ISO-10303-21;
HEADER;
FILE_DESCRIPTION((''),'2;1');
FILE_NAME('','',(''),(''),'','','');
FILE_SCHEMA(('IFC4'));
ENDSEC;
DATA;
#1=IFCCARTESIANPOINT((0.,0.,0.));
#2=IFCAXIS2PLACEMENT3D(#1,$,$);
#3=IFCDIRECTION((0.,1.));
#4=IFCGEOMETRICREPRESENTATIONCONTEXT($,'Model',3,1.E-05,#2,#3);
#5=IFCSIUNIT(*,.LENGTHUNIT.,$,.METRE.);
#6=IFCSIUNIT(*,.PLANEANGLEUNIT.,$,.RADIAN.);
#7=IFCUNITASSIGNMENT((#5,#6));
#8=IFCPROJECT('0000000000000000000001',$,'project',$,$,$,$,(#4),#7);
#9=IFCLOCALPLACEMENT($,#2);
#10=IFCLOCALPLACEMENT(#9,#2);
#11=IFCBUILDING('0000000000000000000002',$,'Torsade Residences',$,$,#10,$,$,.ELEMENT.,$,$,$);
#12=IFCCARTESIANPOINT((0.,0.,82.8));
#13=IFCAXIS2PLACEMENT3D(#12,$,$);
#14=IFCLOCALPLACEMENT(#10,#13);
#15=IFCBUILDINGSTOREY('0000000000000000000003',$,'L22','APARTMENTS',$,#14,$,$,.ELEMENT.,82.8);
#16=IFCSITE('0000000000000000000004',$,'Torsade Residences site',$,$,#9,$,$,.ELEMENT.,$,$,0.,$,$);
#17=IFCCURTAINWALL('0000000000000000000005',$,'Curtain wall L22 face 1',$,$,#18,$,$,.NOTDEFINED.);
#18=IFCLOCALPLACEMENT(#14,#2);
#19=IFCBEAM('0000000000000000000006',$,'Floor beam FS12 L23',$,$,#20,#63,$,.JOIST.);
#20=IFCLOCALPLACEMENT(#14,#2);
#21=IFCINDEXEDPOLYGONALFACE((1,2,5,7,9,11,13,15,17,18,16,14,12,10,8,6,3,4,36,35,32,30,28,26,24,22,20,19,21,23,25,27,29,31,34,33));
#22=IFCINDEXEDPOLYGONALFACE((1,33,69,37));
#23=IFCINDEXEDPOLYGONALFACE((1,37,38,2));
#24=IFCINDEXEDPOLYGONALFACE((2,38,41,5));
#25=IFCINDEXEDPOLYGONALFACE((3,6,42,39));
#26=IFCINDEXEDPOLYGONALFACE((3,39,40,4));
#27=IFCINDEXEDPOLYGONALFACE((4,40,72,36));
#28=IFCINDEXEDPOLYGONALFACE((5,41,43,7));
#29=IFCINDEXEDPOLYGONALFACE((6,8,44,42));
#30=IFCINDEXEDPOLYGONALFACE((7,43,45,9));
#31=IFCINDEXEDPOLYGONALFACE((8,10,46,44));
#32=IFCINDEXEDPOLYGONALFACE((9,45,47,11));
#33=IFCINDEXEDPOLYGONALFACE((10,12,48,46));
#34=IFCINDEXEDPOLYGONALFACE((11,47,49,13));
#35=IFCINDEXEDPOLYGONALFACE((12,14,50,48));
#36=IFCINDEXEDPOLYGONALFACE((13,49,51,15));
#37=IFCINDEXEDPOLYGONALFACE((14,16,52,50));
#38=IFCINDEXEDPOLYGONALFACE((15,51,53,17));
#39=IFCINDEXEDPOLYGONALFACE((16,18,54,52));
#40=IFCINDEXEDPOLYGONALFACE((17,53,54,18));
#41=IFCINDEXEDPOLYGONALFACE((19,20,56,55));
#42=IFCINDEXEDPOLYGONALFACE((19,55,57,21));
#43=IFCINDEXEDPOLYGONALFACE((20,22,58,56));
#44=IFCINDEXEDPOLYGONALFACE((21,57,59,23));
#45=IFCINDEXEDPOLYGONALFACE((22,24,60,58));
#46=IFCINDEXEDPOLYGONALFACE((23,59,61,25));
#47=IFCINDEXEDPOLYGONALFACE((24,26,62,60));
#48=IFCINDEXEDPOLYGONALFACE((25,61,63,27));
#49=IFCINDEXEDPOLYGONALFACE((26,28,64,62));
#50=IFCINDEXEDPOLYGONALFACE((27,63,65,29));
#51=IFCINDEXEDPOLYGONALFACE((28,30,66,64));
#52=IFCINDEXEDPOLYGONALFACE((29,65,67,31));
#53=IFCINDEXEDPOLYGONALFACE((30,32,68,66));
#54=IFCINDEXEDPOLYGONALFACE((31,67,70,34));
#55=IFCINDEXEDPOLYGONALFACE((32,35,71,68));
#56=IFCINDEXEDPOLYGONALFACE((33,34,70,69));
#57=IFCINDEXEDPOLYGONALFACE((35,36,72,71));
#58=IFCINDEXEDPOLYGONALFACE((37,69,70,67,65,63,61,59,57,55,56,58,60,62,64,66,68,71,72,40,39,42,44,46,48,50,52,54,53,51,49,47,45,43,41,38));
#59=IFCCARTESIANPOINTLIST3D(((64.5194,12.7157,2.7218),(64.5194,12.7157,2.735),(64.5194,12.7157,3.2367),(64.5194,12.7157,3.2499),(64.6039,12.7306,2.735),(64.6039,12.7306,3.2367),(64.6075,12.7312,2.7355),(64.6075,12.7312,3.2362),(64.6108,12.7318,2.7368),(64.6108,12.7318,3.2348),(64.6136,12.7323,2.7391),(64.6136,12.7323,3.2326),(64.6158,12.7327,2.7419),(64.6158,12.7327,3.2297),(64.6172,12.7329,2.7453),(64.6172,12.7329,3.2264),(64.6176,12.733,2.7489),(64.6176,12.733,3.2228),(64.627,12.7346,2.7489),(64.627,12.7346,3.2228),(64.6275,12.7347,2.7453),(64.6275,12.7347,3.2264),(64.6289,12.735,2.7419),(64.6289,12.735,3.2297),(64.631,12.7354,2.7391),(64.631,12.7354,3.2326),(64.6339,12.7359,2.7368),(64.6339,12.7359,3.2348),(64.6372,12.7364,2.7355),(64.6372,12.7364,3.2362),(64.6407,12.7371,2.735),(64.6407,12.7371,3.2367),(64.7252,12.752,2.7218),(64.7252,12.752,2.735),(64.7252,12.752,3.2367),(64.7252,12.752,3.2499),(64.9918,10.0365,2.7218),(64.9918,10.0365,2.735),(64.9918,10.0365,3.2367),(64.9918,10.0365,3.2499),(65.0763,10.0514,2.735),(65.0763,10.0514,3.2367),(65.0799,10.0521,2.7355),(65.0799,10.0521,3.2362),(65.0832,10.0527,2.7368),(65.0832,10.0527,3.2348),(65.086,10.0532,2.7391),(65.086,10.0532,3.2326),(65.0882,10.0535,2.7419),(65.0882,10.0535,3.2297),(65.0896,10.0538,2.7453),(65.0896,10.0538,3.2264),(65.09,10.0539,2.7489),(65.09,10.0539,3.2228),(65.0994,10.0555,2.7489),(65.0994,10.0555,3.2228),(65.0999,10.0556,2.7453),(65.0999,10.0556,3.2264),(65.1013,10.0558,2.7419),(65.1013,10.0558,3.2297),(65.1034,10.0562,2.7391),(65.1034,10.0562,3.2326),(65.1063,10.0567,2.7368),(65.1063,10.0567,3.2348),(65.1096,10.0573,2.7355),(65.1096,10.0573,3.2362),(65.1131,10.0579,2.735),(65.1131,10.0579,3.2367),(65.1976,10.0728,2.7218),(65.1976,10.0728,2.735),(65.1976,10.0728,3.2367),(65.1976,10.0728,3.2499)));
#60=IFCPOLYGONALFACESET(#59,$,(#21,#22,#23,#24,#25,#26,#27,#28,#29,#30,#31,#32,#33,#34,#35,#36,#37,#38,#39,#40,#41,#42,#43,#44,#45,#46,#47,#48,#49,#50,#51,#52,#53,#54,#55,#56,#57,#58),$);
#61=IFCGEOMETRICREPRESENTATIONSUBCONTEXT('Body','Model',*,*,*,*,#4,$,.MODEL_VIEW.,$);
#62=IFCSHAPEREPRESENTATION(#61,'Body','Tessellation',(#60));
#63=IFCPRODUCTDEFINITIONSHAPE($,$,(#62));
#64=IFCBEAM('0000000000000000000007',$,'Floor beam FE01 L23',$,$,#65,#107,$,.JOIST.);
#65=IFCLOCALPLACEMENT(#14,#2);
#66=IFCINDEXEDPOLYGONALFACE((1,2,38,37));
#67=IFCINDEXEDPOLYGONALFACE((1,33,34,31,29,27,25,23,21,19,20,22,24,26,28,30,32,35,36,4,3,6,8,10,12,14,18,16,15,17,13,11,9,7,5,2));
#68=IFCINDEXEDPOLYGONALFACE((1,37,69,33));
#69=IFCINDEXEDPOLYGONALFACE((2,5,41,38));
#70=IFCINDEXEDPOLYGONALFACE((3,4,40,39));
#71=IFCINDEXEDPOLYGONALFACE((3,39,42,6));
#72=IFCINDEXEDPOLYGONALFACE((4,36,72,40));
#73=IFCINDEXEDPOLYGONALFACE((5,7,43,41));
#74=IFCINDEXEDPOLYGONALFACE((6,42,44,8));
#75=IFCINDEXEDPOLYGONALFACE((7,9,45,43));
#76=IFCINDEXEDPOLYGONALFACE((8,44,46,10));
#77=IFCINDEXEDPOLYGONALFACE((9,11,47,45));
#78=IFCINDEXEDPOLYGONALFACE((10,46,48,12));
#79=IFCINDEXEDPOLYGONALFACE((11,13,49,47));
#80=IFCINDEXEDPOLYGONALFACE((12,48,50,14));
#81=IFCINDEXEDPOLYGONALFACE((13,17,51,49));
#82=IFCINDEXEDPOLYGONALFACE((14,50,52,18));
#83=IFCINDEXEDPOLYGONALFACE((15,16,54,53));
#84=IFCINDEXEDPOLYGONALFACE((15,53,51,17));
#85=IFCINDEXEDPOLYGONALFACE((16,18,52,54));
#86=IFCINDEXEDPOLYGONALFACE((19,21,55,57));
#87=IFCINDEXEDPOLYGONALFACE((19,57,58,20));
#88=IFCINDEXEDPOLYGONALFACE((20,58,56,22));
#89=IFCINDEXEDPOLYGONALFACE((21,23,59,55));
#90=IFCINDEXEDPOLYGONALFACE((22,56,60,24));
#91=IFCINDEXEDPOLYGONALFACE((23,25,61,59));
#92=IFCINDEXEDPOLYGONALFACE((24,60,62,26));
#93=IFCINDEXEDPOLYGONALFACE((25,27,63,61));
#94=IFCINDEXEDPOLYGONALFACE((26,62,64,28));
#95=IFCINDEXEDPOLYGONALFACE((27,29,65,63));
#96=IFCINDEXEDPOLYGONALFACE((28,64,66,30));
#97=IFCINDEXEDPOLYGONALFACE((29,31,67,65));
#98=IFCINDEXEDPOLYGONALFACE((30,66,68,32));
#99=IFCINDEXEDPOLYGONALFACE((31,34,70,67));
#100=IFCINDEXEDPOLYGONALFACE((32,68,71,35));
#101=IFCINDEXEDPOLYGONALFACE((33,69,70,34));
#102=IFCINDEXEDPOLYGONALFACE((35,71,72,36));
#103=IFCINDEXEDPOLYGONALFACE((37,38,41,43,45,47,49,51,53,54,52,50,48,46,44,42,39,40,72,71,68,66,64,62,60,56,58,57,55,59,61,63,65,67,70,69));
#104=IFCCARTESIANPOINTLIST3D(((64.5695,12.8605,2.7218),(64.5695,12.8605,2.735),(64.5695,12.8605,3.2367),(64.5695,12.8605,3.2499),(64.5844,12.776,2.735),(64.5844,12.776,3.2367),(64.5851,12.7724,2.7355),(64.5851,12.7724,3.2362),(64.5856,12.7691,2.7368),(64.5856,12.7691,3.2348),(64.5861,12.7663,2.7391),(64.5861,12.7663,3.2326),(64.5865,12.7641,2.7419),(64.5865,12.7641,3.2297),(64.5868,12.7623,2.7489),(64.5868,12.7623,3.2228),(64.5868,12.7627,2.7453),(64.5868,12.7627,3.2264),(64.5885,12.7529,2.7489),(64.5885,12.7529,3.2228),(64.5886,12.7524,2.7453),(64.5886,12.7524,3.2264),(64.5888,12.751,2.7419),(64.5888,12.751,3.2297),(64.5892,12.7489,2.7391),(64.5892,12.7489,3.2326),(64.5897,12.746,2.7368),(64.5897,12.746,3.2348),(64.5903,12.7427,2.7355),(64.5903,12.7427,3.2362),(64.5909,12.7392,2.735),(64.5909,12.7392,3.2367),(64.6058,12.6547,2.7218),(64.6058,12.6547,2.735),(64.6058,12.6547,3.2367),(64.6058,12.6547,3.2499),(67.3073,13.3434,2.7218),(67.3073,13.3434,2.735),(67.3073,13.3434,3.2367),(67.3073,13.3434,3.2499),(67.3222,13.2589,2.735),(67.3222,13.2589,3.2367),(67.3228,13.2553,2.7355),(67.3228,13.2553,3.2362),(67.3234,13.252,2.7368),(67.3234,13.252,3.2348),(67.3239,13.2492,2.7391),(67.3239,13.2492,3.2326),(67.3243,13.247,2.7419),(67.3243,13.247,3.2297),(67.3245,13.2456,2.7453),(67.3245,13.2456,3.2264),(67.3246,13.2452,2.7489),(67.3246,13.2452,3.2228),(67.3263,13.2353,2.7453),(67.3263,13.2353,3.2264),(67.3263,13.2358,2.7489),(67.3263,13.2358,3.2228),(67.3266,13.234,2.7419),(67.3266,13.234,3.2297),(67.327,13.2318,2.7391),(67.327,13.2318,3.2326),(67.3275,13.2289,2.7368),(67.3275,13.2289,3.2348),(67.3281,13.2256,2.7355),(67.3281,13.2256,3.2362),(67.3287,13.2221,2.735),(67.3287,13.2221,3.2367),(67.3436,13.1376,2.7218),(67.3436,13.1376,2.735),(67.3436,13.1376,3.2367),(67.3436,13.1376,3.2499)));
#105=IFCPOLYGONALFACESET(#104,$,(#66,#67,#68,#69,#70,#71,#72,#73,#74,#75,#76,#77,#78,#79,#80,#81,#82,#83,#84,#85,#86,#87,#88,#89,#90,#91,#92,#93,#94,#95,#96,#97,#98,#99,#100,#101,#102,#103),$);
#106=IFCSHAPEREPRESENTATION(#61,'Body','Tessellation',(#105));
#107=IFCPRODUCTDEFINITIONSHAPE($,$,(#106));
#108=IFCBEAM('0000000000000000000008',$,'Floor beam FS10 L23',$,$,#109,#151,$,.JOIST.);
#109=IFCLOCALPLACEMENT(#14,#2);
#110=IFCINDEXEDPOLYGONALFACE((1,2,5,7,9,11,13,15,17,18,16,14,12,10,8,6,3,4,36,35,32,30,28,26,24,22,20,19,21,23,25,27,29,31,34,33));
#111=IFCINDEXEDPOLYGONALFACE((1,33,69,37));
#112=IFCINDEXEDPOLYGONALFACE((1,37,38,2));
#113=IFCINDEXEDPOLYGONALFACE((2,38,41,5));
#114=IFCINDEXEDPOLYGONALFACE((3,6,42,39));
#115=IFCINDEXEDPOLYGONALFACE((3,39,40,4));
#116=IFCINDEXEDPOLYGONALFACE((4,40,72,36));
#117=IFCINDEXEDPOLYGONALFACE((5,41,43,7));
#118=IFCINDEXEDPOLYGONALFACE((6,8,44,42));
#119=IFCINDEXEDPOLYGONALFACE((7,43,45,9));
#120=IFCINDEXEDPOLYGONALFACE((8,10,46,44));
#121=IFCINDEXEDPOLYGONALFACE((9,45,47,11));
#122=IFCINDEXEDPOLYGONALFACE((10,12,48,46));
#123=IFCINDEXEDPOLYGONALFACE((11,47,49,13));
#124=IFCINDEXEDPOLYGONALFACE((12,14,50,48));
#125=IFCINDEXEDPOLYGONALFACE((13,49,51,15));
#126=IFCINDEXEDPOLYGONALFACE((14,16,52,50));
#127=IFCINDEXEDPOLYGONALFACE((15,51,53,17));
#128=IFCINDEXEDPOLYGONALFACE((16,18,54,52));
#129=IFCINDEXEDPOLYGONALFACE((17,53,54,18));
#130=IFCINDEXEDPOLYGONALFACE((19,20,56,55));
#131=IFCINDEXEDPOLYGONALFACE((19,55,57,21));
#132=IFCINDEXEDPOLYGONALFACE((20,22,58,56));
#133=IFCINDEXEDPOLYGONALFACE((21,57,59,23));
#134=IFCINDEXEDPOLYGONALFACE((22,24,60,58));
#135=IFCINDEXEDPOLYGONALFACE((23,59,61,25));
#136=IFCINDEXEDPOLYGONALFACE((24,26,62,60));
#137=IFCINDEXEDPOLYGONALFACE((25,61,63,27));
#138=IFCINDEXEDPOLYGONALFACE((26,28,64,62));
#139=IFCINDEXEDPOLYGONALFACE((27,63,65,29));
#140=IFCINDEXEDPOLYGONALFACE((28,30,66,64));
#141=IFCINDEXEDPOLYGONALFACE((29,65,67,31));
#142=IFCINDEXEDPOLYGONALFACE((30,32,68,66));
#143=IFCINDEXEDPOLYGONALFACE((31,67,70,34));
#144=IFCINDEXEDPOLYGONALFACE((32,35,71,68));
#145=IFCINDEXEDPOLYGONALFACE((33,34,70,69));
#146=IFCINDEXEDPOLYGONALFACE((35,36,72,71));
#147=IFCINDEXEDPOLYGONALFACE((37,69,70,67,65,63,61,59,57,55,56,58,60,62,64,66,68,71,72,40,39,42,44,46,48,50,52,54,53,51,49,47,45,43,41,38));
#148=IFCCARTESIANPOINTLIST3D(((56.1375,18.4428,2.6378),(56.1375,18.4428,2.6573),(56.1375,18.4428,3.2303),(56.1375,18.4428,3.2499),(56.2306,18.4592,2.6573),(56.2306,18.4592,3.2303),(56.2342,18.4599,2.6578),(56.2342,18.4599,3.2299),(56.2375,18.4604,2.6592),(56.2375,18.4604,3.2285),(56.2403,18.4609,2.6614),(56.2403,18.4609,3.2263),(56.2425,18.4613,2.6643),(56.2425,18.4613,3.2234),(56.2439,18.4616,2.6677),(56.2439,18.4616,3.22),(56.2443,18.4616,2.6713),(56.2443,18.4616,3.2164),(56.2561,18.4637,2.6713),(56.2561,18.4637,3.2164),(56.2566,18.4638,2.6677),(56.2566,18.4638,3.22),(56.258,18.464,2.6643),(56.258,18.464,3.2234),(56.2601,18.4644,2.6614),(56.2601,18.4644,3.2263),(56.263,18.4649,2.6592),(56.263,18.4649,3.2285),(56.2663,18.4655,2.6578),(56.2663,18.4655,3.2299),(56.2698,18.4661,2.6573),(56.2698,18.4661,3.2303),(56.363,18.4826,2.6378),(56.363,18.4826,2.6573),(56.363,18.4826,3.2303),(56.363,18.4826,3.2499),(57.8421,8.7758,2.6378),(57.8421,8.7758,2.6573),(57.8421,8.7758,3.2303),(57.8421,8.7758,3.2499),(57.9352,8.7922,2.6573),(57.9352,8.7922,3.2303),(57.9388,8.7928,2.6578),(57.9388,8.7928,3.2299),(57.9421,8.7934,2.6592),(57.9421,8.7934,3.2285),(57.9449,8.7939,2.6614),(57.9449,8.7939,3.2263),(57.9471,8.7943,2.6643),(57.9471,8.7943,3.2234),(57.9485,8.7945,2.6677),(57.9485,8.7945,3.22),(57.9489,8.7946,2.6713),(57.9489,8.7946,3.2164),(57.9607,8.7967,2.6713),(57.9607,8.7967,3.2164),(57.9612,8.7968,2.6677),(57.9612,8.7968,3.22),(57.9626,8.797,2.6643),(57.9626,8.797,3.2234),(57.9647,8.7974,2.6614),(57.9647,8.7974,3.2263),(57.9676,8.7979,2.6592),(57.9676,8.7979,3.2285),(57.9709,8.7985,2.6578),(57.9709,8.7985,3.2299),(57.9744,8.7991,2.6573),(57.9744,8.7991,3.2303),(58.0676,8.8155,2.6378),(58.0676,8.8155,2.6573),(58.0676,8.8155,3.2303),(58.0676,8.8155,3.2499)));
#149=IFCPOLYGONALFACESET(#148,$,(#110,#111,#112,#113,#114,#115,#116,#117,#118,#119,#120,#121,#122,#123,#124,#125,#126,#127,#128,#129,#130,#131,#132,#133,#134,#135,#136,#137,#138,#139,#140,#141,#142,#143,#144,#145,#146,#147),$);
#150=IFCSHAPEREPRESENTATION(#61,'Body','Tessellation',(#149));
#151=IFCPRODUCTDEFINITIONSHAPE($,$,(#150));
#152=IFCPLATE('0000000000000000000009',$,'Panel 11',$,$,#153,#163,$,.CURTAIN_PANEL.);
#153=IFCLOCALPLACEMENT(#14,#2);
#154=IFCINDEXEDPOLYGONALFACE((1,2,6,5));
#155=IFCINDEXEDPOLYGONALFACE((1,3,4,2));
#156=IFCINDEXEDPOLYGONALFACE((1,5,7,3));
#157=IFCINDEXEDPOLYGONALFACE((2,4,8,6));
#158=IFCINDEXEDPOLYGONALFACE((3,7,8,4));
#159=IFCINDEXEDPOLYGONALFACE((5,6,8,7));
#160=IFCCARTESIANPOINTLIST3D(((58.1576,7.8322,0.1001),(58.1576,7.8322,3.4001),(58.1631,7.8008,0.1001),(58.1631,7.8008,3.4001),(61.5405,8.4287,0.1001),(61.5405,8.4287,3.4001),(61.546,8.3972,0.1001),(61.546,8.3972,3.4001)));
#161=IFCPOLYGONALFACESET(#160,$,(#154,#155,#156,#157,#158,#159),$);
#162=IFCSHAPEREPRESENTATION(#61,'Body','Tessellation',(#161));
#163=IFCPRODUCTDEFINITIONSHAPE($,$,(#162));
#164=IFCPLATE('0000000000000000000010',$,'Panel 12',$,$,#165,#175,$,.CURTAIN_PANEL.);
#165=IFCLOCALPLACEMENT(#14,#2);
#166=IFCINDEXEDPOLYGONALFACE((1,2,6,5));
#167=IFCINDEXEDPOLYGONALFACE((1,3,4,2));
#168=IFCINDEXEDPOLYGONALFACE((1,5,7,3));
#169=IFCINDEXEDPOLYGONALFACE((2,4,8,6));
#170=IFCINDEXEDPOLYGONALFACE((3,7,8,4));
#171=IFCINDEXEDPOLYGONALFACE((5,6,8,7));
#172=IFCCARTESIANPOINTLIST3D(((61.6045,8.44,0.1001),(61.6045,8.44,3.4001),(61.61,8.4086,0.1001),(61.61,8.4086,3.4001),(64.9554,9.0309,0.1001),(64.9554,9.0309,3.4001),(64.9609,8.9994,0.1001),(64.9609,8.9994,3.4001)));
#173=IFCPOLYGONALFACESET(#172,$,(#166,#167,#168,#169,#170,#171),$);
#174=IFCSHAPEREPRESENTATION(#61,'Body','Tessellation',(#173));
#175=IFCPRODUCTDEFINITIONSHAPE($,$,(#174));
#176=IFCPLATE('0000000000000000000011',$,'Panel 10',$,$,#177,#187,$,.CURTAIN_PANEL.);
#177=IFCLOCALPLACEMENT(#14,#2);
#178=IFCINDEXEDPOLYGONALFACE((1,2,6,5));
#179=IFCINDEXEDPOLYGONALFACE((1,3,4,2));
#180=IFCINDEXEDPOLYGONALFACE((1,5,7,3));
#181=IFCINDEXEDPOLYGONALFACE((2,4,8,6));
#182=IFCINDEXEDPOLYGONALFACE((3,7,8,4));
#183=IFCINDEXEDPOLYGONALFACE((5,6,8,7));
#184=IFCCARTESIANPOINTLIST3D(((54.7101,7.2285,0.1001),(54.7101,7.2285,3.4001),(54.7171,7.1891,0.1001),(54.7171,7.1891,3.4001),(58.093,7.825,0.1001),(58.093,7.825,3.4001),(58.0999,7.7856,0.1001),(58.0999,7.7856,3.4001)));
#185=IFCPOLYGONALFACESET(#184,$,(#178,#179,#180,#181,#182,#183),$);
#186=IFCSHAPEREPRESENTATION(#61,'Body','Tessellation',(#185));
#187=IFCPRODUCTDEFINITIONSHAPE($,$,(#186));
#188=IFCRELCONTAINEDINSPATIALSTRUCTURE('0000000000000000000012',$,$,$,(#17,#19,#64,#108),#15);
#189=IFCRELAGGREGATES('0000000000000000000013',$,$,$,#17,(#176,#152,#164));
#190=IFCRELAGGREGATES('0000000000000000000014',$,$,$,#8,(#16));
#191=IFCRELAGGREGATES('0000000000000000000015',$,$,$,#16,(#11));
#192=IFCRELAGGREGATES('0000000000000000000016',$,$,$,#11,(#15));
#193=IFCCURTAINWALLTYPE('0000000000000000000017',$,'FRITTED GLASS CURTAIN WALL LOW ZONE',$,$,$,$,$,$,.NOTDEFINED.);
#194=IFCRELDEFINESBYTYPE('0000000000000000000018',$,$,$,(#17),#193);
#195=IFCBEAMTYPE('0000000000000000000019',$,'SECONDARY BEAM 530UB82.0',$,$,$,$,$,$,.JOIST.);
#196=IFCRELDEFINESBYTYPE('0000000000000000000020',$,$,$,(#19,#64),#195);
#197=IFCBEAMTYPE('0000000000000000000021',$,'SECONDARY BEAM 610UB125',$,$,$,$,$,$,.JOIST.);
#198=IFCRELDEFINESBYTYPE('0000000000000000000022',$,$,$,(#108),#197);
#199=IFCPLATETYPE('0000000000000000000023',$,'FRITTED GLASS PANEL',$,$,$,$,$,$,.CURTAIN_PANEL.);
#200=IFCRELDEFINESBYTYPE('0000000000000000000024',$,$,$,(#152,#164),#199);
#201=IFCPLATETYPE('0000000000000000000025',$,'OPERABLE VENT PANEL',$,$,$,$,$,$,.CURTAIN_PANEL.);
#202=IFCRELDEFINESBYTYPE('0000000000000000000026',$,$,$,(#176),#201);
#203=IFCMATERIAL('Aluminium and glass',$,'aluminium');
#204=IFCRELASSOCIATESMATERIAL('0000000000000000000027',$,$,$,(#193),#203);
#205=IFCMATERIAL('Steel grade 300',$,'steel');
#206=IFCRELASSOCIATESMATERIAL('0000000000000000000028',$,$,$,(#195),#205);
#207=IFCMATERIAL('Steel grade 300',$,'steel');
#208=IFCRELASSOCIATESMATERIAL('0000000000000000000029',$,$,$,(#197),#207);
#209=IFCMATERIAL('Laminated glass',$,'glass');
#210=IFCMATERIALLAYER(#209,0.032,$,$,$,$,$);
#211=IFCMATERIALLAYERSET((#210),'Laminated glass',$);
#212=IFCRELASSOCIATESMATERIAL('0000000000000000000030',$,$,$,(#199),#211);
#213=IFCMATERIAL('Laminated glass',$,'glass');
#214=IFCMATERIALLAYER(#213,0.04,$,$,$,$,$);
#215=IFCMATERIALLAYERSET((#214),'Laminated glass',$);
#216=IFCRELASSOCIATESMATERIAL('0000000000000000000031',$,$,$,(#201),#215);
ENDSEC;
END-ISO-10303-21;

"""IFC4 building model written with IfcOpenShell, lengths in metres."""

from ifc_helpers import new_model, si_unit, direction, frame, origin, origin_2d, place, context, subcontext, project, spatial, rectangle, i_section, extrude, material, layer, layer_set, material_profile, profile_set, type_object, element, aggregate, save


model = new_model("IFC4")

# Units and contexts
model_context = context("Model", 3, precision=1e-05, world=origin(), true_north=direction((0.0, 1.0)))
body_context = subcontext(model_context, "Body", "Model", "MODEL_VIEW")
ifc_project = project(units=[si_unit("LENGTHUNIT", "METRE"), si_unit("PLANEANGLEUNIT", "RADIAN")], contexts=[model_context])

# Site, building, storey
site_placement = place(None, origin())
site = spatial("IfcSite", under=ifc_project, at=site_placement, Name="Torsade Residences site", CompositionType="ELEMENT", RefElevation=0.0)
building_placement = place(site_placement, origin())
building = spatial("IfcBuilding", under=site, at=building_placement, Name="Torsade Residences", CompositionType="ELEMENT")
storey_placement = place(building_placement, frame((0.0, 0.0, 82.8)))
storey = spatial("IfcBuildingStorey", under=building, at=storey_placement, Name="L22", Description="APARTMENTS", CompositionType="ELEMENT", Elevation=82.8)

# Curtain wall
ifc_material_1 = material(Name="Aluminium and glass", Category="aluminium")
curtain_wall_type = type_object("IfcCurtainWallType", Name="FRITTED GLASS CURTAIN WALL LOW ZONE", PredefinedType="NOTDEFINED", material=ifc_material_1)
curtain_wall_placement = place(storey_placement, origin())
curtain_wall = element("IfcCurtainWall", 1, at=curtain_wall_placement, inside=storey, type_object=curtain_wall_type, Name="Curtain wall L22 face 1", PredefinedType="NOTDEFINED")

# Beams
ifc_material_2 = material(Name="Steel grade 300", Category="steel")
ifc_material_profile_1 = material_profile(ifc_material_2, i_section(OverallWidth=0.209, OverallDepth=0.5281, WebThickness=0.0095, FlangeThickness=0.0132, FilletRadius=0.0139, at=origin_2d()), Name="530UB82.0")
ifc_profile_set_1 = profile_set([ifc_material_profile_1], Name="Steel grade 300")
beam_type_1 = type_object("IfcBeamType", Name="SECONDARY BEAM 530UB82.0", PredefinedType="JOIST", material=ifc_profile_set_1)
beam_1_placement = place(storey_placement, frame((65.0947, 10.0547, 2.9858), z_axis=(-0.173647, 0.984808, 0.0), x_axis=(-0.984808, -0.173647, 0.0)))
element("IfcBeam", 2, at=beam_1_placement, inside=storey, type_object=beam_type_1, Name="Floor beam FS12 L23", PredefinedType="JOIST", context=body_context, shape_type="SweptSolid", body=[
    extrude(i_section(OverallWidth=0.209, OverallDepth=0.5281, WebThickness=0.0095, FlangeThickness=0.0132, FilletRadius=0.0139, at=origin_2d()), origin(), (0.0, 0.0, 1.0), 2.7205),
])
beam_2_placement = place(storey_placement, frame((67.3254, 13.2405, 2.9858), z_axis=(-0.984798, -0.173705, 0.0), x_axis=(0.173705, -0.984798, 0.0)))
element("IfcBeam", 3, at=beam_2_placement, inside=storey, type_object=beam_type_1, Name="Floor beam FE01 L23", PredefinedType="JOIST", context=body_context, shape_type="SweptSolid", body=[
    extrude(i_section(OverallWidth=0.209, OverallDepth=0.5281, WebThickness=0.0095, FlangeThickness=0.0132, FilletRadius=0.0139, at=origin_2d()), origin(), (0.0, 0.0, 1.0), 2.78),
])
ifc_material_3 = material(Name="Steel grade 300", Category="steel")
ifc_material_profile_2 = material_profile(ifc_material_3, i_section(OverallWidth=0.229, OverallDepth=0.6121, WebThickness=0.012, FlangeThickness=0.0195, FilletRadius=0.0139, at=origin_2d()), Name="610UB125")
ifc_profile_set_2 = profile_set([ifc_material_profile_2], Name="Steel grade 300")
beam_type_2 = type_object("IfcBeamType", Name="SECONDARY BEAM 610UB125", PredefinedType="JOIST", material=ifc_profile_set_2)
beam_3_placement = place(storey_placement, frame((57.9548, 8.7957, 2.9438), z_axis=(-0.173652, 0.984807, 0.0), x_axis=(-0.984807, -0.173652, 0.0)))
element("IfcBeam", 4, at=beam_3_placement, inside=storey, type_object=beam_type_2, Name="Floor beam FS10 L23", PredefinedType="JOIST", context=body_context, shape_type="SweptSolid", body=[
    extrude(i_section(OverallWidth=0.229, OverallDepth=0.6121, WebThickness=0.012, FlangeThickness=0.0195, FilletRadius=0.0139, at=origin_2d()), origin(), (0.0, 0.0, 1.0), 9.8162),
])

# Plates
ifc_material_4 = material(Name="Laminated glass", Category="glass")
ifc_layer_1 = layer(ifc_material_4, 0.032)
ifc_layer_set_1 = layer_set([ifc_layer_1], Name="Laminated glass")
plate_type_1 = type_object("IfcPlateType", Name="FRITTED GLASS PANEL", PredefinedType="CURTAIN_PANEL", material=ifc_layer_set_1)
plate_1_placement = place(storey_placement, frame((59.8518, 8.1147, 0.1001), z_axis=(0.0, 0.0, 1.0), x_axis=(0.984808, 0.173648, 0.0)))
plate_1 = element("IfcPlate", 5, at=plate_1_placement, type_object=plate_type_1, Name="Panel 11", PredefinedType="CURTAIN_PANEL", context=body_context, shape_type="SweptSolid", body=[
    extrude(rectangle(XDim=3.4351, YDim=0.032, at=origin_2d()), origin(), (0.0, 0.0, 1.0), 3.3),
])
plate_2_placement = place(storey_placement, frame((63.2827, 8.7197, 0.1001), z_axis=(0.0, 0.0, 1.0), x_axis=(0.984808, 0.173648, 0.0)))
plate_2 = element("IfcPlate", 6, at=plate_2_placement, type_object=plate_type_1, Name="Panel 12", PredefinedType="CURTAIN_PANEL", context=body_context, shape_type="SweptSolid", body=[
    extrude(rectangle(XDim=3.4026, YDim=0.032, at=origin_2d()), origin(), (0.0, 0.0, 1.0), 3.3),
])
ifc_material_5 = material(Name="Laminated glass", Category="glass")
ifc_layer_2 = layer(ifc_material_5, 0.04)
ifc_layer_set_2 = layer_set([ifc_layer_2], Name="Laminated glass")
plate_type_2 = type_object("IfcPlateType", Name="OPERABLE VENT PANEL", PredefinedType="CURTAIN_PANEL", material=ifc_layer_set_2)
plate_3_placement = place(storey_placement, frame((56.405, 7.5071, 0.1001), z_axis=(0.0, 0.0, 1.0), x_axis=(0.984808, 0.173648, 0.0)))
plate_3 = element("IfcPlate", 7, at=plate_3_placement, type_object=plate_type_2, Name="Panel 10", PredefinedType="CURTAIN_PANEL", context=body_context, shape_type="SweptSolid", body=[
    extrude(rectangle(XDim=3.4351, YDim=0.04, at=origin_2d()), origin(), (0.0, 0.0, 1.0), 3.3),
])
aggregate(curtain_wall, [plate_3, plate_1, plate_2])

save(model, "model.ifc")
